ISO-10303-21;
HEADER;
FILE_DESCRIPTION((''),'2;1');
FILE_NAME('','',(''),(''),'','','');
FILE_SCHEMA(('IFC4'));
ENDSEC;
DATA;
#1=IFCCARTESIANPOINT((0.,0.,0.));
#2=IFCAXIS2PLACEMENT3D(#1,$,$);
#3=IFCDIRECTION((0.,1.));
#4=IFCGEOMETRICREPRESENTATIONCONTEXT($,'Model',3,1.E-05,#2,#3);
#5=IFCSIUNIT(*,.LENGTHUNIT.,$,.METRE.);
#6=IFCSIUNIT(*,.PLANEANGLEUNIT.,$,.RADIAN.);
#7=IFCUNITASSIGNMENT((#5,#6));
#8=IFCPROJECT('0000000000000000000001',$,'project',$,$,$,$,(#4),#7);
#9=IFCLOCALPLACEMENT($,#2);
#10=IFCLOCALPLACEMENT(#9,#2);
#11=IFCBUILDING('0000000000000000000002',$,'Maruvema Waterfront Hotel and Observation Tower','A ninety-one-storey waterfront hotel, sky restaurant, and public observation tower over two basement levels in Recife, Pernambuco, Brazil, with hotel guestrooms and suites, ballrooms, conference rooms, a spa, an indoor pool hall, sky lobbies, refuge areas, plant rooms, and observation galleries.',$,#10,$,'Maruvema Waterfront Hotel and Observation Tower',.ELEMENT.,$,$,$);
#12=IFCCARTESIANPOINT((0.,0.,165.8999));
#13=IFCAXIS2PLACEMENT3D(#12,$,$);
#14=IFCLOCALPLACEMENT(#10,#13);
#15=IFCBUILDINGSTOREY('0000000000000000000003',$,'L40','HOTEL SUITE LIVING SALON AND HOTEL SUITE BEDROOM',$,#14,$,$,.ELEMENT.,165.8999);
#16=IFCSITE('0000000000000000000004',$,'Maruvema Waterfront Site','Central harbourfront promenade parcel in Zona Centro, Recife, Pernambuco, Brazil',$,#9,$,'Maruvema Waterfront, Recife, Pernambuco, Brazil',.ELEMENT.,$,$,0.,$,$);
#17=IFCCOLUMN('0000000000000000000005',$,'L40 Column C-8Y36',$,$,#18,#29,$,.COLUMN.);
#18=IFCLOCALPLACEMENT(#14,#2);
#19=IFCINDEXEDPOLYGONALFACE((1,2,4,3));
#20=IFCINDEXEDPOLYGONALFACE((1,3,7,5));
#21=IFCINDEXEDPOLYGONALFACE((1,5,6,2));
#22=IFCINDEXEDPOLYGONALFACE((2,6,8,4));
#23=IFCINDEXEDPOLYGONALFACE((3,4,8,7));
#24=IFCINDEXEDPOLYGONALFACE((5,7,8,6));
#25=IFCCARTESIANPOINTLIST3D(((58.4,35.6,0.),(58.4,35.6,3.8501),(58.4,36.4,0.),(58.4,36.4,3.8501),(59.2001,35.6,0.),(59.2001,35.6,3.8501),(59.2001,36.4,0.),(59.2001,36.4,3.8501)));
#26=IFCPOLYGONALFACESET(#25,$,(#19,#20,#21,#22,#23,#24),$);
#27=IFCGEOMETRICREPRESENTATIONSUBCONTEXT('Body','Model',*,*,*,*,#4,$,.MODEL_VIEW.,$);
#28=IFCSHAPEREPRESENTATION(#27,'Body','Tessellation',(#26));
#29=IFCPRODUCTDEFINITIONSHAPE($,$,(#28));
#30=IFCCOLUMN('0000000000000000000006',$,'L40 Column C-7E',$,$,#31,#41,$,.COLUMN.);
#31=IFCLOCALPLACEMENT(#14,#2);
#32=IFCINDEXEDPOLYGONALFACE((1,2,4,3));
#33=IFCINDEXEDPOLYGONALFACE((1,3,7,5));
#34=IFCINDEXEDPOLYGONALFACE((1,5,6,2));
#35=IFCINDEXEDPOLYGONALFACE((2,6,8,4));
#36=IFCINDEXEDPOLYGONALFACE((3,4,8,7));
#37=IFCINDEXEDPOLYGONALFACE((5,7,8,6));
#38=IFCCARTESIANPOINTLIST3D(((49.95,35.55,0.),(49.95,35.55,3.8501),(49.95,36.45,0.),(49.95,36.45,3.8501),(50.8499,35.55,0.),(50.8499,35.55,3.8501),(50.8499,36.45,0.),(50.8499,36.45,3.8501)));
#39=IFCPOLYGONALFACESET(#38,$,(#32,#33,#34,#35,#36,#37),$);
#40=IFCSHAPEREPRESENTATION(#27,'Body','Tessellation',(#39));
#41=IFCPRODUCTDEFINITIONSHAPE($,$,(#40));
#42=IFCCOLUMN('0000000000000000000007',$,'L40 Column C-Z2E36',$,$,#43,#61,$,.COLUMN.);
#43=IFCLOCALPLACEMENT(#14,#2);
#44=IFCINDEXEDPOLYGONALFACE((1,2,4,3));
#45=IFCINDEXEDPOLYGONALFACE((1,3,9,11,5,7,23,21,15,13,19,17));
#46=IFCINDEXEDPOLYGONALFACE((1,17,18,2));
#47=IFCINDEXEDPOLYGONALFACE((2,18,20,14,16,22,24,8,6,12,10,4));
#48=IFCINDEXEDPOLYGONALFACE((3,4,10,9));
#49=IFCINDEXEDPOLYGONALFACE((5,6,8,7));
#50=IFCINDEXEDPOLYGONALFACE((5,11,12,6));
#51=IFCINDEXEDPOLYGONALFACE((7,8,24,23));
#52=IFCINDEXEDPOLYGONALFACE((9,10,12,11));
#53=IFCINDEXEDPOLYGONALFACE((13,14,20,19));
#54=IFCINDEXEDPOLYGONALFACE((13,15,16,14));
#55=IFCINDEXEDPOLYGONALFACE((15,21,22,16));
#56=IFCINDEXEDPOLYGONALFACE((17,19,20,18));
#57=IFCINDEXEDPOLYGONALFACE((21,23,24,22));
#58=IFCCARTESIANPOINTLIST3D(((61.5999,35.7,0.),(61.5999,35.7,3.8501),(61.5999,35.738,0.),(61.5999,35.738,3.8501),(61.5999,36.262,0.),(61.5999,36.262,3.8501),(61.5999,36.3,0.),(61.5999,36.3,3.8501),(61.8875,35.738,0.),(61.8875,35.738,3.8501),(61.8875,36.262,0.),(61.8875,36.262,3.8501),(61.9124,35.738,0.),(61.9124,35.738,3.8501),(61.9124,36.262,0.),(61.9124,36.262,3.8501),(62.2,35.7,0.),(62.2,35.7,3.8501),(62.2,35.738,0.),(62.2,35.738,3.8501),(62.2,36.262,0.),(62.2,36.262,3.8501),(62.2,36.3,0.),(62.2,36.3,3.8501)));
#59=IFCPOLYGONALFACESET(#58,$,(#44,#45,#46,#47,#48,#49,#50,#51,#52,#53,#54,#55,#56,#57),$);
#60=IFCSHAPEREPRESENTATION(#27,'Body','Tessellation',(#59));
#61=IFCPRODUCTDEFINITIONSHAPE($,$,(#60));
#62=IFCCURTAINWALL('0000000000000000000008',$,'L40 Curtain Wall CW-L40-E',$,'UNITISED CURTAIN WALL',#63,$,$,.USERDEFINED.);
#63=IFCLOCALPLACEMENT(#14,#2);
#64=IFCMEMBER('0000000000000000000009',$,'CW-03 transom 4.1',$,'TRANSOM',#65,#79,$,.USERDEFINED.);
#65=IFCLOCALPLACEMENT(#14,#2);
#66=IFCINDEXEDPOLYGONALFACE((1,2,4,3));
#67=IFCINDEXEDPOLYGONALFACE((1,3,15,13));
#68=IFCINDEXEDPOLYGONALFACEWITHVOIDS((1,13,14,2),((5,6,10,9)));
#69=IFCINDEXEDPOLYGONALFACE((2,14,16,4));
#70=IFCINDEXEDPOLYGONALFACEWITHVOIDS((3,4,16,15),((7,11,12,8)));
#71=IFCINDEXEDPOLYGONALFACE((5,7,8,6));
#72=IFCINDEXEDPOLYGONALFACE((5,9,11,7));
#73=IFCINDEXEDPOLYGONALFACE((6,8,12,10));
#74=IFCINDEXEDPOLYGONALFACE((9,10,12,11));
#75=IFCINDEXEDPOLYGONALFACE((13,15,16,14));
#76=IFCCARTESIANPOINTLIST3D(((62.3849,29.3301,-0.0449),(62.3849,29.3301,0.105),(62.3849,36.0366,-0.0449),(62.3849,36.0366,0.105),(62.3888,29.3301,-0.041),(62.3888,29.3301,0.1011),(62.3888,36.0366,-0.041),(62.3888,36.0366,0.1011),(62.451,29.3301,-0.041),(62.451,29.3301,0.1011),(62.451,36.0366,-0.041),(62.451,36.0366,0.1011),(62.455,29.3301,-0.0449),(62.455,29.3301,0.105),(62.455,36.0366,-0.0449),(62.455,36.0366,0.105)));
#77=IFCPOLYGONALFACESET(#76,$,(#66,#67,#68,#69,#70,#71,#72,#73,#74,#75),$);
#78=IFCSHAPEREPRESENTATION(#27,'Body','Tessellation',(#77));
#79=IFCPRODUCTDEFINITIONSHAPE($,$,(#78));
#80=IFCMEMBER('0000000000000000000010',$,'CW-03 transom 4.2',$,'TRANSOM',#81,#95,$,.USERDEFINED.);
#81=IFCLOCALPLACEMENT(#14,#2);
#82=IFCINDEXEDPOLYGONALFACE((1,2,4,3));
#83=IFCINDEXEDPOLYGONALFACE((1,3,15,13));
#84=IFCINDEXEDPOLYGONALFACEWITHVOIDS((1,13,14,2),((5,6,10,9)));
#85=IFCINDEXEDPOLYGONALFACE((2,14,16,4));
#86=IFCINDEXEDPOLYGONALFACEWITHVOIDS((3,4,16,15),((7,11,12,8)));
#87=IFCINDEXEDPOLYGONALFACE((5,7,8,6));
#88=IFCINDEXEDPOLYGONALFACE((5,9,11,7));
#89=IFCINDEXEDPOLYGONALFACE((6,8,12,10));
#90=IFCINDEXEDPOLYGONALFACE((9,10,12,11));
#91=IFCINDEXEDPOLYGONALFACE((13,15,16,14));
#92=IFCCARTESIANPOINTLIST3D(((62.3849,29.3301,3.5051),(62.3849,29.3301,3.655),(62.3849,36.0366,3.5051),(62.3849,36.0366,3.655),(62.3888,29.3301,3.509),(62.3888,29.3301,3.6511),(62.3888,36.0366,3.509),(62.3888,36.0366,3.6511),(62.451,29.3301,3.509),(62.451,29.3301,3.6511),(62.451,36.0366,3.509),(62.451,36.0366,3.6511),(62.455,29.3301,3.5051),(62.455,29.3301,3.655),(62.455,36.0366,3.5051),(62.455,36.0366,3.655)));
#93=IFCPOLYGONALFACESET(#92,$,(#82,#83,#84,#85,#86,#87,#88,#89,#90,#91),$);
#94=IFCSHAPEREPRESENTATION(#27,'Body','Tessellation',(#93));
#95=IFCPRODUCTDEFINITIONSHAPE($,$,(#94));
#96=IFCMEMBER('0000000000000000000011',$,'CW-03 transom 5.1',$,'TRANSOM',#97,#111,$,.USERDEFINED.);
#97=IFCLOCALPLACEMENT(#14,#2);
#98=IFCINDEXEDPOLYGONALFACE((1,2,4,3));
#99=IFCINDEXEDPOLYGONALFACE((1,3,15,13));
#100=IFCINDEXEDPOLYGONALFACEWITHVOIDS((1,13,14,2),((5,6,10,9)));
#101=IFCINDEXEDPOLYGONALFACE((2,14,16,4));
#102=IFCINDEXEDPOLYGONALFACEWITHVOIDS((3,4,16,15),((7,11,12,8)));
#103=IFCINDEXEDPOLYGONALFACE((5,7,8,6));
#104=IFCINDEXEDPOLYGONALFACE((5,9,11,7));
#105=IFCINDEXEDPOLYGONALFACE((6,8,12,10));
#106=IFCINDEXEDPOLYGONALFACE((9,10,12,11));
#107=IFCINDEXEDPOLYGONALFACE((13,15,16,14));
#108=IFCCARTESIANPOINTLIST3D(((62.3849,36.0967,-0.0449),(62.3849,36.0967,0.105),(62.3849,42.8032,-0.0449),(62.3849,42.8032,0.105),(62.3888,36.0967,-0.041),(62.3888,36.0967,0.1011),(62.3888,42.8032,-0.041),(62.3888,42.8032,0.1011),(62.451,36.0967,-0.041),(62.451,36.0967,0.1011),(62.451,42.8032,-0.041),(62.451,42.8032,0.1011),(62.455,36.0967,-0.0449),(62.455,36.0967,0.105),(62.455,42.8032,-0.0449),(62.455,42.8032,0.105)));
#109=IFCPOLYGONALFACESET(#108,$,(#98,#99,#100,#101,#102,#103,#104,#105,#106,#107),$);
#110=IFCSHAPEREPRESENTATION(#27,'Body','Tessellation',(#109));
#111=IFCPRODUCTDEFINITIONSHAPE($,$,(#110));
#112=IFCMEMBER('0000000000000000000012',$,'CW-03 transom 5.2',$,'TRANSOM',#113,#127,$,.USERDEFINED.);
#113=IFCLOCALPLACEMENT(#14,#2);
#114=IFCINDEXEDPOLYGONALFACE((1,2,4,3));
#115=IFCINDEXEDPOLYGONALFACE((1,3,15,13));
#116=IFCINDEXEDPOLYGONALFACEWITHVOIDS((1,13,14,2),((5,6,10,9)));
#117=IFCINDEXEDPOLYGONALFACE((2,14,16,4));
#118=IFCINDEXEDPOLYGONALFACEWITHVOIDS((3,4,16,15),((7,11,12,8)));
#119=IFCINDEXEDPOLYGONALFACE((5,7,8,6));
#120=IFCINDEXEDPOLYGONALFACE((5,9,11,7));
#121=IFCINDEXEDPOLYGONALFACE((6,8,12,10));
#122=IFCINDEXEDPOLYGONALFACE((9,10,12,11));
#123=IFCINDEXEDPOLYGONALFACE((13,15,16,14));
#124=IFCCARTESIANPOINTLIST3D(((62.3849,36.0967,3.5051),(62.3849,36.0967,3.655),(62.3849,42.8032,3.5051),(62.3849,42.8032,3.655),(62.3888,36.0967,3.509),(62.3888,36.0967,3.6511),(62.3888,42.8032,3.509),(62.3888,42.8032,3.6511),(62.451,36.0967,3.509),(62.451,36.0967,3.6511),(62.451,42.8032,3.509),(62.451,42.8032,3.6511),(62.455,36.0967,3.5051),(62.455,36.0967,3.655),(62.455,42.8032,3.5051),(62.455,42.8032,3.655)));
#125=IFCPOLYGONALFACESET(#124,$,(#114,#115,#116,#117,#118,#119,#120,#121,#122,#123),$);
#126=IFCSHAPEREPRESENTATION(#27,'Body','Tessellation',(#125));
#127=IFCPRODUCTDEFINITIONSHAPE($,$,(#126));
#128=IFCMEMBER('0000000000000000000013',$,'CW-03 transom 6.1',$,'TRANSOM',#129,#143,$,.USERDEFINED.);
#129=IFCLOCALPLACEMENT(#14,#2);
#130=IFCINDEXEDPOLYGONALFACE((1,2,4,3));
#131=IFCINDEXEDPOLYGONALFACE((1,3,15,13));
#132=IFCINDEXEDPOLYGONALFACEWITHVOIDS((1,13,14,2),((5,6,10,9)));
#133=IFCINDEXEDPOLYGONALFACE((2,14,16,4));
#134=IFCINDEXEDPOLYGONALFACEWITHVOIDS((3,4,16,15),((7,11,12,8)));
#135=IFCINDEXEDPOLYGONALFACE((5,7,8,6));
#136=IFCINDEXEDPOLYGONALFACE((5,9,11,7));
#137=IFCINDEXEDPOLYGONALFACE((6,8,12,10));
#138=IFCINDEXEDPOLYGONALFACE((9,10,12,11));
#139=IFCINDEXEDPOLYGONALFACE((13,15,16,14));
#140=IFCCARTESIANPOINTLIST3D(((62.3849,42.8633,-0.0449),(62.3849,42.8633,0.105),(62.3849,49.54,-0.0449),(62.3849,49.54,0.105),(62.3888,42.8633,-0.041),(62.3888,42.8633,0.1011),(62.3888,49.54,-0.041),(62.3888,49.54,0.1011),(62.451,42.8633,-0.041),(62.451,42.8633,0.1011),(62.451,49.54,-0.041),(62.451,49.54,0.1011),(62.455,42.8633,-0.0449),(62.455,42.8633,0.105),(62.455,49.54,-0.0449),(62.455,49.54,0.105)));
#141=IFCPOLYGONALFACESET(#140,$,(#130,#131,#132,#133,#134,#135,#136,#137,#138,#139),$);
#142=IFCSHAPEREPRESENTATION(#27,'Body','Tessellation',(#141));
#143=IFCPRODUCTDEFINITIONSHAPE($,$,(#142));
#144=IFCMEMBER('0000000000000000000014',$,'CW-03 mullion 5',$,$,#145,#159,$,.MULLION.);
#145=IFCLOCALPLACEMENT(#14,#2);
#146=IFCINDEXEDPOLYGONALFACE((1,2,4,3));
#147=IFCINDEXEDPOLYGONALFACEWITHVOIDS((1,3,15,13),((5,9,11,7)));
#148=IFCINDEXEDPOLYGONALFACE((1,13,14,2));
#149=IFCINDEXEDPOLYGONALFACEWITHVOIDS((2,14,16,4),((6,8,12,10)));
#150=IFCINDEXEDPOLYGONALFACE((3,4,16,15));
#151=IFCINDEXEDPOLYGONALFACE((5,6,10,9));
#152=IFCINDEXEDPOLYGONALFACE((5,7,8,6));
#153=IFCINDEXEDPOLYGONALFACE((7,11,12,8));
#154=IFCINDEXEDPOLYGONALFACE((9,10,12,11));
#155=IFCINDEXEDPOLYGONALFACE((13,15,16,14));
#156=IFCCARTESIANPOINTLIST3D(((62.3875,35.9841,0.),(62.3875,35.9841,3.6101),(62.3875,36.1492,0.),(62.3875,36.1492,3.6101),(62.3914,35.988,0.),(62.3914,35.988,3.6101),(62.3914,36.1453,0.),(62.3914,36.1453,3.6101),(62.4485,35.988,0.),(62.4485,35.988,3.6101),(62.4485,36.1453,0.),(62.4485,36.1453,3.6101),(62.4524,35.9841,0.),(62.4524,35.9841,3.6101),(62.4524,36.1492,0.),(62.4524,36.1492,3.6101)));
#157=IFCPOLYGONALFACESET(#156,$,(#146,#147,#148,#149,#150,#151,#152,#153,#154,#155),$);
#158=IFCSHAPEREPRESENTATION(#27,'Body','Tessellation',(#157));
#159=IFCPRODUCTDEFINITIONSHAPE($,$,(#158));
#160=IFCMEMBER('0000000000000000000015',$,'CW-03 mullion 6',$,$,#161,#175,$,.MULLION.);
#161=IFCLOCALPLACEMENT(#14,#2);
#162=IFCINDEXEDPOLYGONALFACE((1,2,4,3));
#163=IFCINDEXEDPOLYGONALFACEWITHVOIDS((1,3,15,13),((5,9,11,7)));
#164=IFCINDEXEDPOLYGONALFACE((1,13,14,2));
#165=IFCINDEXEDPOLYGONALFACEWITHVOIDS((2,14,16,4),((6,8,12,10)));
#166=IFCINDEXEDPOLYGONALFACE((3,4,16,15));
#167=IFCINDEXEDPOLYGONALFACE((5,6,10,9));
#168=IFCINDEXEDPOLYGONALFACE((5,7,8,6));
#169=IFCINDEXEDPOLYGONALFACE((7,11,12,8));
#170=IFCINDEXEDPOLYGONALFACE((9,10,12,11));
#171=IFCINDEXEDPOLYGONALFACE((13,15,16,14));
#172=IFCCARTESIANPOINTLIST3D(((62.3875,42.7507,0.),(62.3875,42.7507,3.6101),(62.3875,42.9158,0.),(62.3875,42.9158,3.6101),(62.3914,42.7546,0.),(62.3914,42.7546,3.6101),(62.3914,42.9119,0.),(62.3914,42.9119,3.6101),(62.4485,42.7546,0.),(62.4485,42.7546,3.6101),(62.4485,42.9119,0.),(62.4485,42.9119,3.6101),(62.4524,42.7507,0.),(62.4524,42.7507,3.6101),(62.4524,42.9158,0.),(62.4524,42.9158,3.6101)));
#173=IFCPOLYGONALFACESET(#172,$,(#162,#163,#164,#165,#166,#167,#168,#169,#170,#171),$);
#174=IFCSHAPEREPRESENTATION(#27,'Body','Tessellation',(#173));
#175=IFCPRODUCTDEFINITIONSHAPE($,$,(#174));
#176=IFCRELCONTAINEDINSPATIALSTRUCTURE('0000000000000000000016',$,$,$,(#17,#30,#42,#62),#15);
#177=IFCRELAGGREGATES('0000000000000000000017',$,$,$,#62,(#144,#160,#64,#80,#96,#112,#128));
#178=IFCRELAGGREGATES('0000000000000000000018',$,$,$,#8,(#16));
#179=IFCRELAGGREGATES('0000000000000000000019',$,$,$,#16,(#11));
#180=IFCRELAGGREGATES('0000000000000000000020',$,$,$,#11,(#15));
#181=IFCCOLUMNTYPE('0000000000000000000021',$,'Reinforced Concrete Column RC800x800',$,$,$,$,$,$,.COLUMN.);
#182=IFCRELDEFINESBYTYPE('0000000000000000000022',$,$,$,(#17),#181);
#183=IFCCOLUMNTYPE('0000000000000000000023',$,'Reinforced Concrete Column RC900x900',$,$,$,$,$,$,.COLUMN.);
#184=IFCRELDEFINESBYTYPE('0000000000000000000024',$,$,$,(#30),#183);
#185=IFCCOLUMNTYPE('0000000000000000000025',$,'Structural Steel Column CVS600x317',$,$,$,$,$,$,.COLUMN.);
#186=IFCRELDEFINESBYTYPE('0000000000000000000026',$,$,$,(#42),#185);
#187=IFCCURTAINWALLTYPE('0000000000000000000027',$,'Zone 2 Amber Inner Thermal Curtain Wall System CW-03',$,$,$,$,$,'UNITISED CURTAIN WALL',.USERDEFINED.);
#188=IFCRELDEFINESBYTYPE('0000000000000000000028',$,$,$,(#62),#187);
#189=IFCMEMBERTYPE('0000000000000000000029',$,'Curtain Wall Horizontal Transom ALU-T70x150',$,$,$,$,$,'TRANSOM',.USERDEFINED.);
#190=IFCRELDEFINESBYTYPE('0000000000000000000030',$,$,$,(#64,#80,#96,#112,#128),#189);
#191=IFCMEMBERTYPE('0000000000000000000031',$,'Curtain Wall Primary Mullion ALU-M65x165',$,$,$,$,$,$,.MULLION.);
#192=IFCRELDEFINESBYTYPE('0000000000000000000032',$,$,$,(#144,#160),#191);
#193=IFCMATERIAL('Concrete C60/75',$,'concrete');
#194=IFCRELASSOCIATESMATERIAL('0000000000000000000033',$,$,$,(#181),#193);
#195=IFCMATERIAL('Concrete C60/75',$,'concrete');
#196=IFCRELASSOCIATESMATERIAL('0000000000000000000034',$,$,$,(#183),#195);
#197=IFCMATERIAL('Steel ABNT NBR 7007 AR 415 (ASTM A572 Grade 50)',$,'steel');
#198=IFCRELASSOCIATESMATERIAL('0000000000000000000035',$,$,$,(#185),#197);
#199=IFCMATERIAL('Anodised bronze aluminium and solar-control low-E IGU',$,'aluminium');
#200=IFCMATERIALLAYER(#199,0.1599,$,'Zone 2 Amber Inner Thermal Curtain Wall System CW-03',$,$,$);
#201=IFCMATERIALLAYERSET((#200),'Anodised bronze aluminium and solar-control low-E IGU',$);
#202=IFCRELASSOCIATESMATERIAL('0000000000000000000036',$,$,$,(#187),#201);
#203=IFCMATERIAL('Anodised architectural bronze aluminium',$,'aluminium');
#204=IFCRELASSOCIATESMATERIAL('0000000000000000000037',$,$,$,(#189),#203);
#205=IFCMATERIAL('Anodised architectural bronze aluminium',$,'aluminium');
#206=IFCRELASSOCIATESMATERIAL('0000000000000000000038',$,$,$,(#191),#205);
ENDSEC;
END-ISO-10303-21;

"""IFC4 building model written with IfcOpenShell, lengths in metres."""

from ifc_helpers import new_model, si_unit, direction, frame, origin, origin_2d, place, context, subcontext, project, spatial, rectangle, hollow_rectangle, i_section, extrude, material, layer, layer_set, material_profile, profile_set, type_object, element, aggregate, save


model = new_model("IFC4")

# Units and contexts
model_context = context("Model", 3, precision=1e-05, world=origin(), true_north=direction((0.0, 1.0)))
body_context = subcontext(model_context, "Body", "Model", "MODEL_VIEW")
ifc_project = project(units=[si_unit("LENGTHUNIT", "METRE"), si_unit("PLANEANGLEUNIT", "RADIAN")], contexts=[model_context])

# Site, building, storey
site_placement = place(None, origin())
site = spatial("IfcSite", under=ifc_project, at=site_placement, Name="Maruvema Waterfront Site", Description="Central harbourfront promenade parcel in Zona Centro, Recife, Pernambuco, Brazil", LongName="Maruvema Waterfront, Recife, Pernambuco, Brazil", CompositionType="ELEMENT", RefElevation=0.0)
building_placement = place(site_placement, origin())
building = spatial("IfcBuilding", under=site, at=building_placement, Name="Maruvema Waterfront Hotel and Observation Tower", Description="A ninety-one-storey waterfront hotel, sky restaurant, and public observation tower over two basement levels in Recife, Pernambuco, Brazil, with hotel guestrooms and suites, ballrooms, conference rooms, a spa, an indoor pool hall, sky lobbies, refuge areas, plant rooms, and observation galleries.", LongName="Maruvema Waterfront Hotel and Observation Tower", CompositionType="ELEMENT")
storey_placement = place(building_placement, frame((0.0, 0.0, 165.8999)))
storey = spatial("IfcBuildingStorey", under=building, at=storey_placement, Name="L40", Description="HOTEL SUITE LIVING SALON AND HOTEL SUITE BEDROOM", CompositionType="ELEMENT", Elevation=165.8999)

# Columns
ifc_material_1 = material(Name="Concrete C60/75", Category="concrete")
ifc_material_profile_1 = material_profile(ifc_material_1, rectangle(XDim=0.8, YDim=0.8, at=origin_2d()), Name="RC800x800")
ifc_profile_set_1 = profile_set([ifc_material_profile_1], Name="Concrete C60/75")
column_type_1 = type_object("IfcColumnType", Name="Reinforced Concrete Column RC800x800", PredefinedType="COLUMN", material=ifc_profile_set_1)
column_1_placement = place(storey_placement, frame((58.8, 36.0, 0.0), z_axis=(0.0, 0.0, 1.0), x_axis=(1.0, 0.0, 0.0)))
element("IfcColumn", 1, at=column_1_placement, inside=storey, type_object=column_type_1, Name="L40 Column C-8Y36", PredefinedType="COLUMN", context=body_context, shape_type="SweptSolid", body=[
    extrude(rectangle(XDim=0.8, YDim=0.8, at=origin_2d()), origin(), (0.0, 0.0, 1.0), 3.8501),
])
ifc_material_2 = material(Name="Concrete C60/75", Category="concrete")
ifc_material_profile_2 = material_profile(ifc_material_2, rectangle(XDim=0.8999, YDim=0.8999, at=origin_2d()), Name="RC900x900")
ifc_profile_set_2 = profile_set([ifc_material_profile_2], Name="Concrete C60/75")
column_type_2 = type_object("IfcColumnType", Name="Reinforced Concrete Column RC900x900", PredefinedType="COLUMN", material=ifc_profile_set_2)
column_2_placement = place(storey_placement, frame((50.3999, 36.0, 0.0), z_axis=(0.0, 0.0, 1.0), x_axis=(1.0, 0.0, 0.0)))
element("IfcColumn", 2, at=column_2_placement, inside=storey, type_object=column_type_2, Name="L40 Column C-7E", PredefinedType="COLUMN", context=body_context, shape_type="SweptSolid", body=[
    extrude(rectangle(XDim=0.8999, YDim=0.8999, at=origin_2d()), origin(), (0.0, 0.0, 1.0), 3.8501),
])
ifc_material_3 = material(Name="Steel ABNT NBR 7007 AR 415 (ASTM A572 Grade 50)", Category="steel")
ifc_material_profile_3 = material_profile(ifc_material_3, i_section(OverallWidth=0.6001, OverallDepth=0.6001, WebThickness=0.0249, FlangeThickness=0.0381, at=origin_2d()), Name="CVS600x317")
ifc_profile_set_3 = profile_set([ifc_material_profile_3], Name="Steel ABNT NBR 7007 AR 415 (ASTM A572 Grade 50)")
column_type_3 = type_object("IfcColumnType", Name="Structural Steel Column CVS600x317", PredefinedType="COLUMN", material=ifc_profile_set_3)
column_3_placement = place(storey_placement, frame((61.8999, 36.0, 0.0), z_axis=(0.0, 0.0, 1.0), x_axis=(1.0, 0.0, 0.0)))
element("IfcColumn", 3, at=column_3_placement, inside=storey, type_object=column_type_3, Name="L40 Column C-Z2E36", PredefinedType="COLUMN", context=body_context, shape_type="SweptSolid", body=[
    extrude(i_section(OverallWidth=0.6001, OverallDepth=0.6001, WebThickness=0.0249, FlangeThickness=0.0381, at=origin_2d()), origin(), (0.0, 0.0, 1.0), 3.8501),
])

# Curtain wall, members
ifc_material_4 = material(Name="Anodised bronze aluminium and solar-control low-E IGU", Category="aluminium")
ifc_layer_1 = layer(ifc_material_4, 0.1599, Name="Zone 2 Amber Inner Thermal Curtain Wall System CW-03")
ifc_layer_set_1 = layer_set([ifc_layer_1], Name="Anodised bronze aluminium and solar-control low-E IGU")
curtain_wall_type = type_object("IfcCurtainWallType", Name="Zone 2 Amber Inner Thermal Curtain Wall System CW-03", ElementType="UNITISED CURTAIN WALL", PredefinedType="USERDEFINED", material=ifc_layer_set_1)
curtain_wall_placement = place(storey_placement, origin())
curtain_wall = element("IfcCurtainWall", 4, at=curtain_wall_placement, inside=storey, type_object=curtain_wall_type, Name="L40 Curtain Wall CW-L40-E", ObjectType="UNITISED CURTAIN WALL", PredefinedType="USERDEFINED")
ifc_material_5 = material(Name="Anodised architectural bronze aluminium", Category="aluminium")
ifc_material_profile_4 = material_profile(ifc_material_5, hollow_rectangle(XDim=0.0701, YDim=0.1499, WallThickness=0.0039, at=origin_2d()), Name="ALU-T70x150")
ifc_profile_set_4 = profile_set([ifc_material_profile_4], Name="Anodised architectural bronze aluminium")
member_type_1 = type_object("IfcMemberType", Name="Curtain Wall Horizontal Transom ALU-T70x150", ElementType="TRANSOM", PredefinedType="USERDEFINED", material=ifc_profile_set_4)
member_1_placement = place(storey_placement, frame((62.4199, 29.3301, 0.03), z_axis=(0.0, 1.0, 0.0), x_axis=(-1.0, 0.0, 0.0)))
member_1 = element("IfcMember", 5, at=member_1_placement, type_object=member_type_1, Name="CW-03 transom 4.1", ObjectType="TRANSOM", PredefinedType="USERDEFINED", context=body_context, shape_type="SweptSolid", body=[
    extrude(hollow_rectangle(XDim=0.0701, YDim=0.1499, WallThickness=0.0039, at=origin_2d()), origin(), (0.0, 0.0, 1.0), 6.7065),
])
member_2_placement = place(storey_placement, frame((62.4199, 29.3301, 3.5801), z_axis=(0.0, 1.0, 0.0), x_axis=(-1.0, 0.0, 0.0)))
member_2 = element("IfcMember", 6, at=member_2_placement, type_object=member_type_1, Name="CW-03 transom 4.2", ObjectType="TRANSOM", PredefinedType="USERDEFINED", context=body_context, shape_type="SweptSolid", body=[
    extrude(hollow_rectangle(XDim=0.0701, YDim=0.1499, WallThickness=0.0039, at=origin_2d()), origin(), (0.0, 0.0, 1.0), 6.7065),
])
member_3_placement = place(storey_placement, frame((62.4199, 36.0967, 0.03), z_axis=(0.0, 1.0, 0.0), x_axis=(-1.0, 0.0, 0.0)))
member_3 = element("IfcMember", 7, at=member_3_placement, type_object=member_type_1, Name="CW-03 transom 5.1", ObjectType="TRANSOM", PredefinedType="USERDEFINED", context=body_context, shape_type="SweptSolid", body=[
    extrude(hollow_rectangle(XDim=0.0701, YDim=0.1499, WallThickness=0.0039, at=origin_2d()), origin(), (0.0, 0.0, 1.0), 6.7065),
])
member_4_placement = place(storey_placement, frame((62.4199, 36.0967, 3.5801), z_axis=(0.0, 1.0, 0.0), x_axis=(-1.0, 0.0, 0.0)))
member_4 = element("IfcMember", 8, at=member_4_placement, type_object=member_type_1, Name="CW-03 transom 5.2", ObjectType="TRANSOM", PredefinedType="USERDEFINED", context=body_context, shape_type="SweptSolid", body=[
    extrude(hollow_rectangle(XDim=0.0701, YDim=0.1499, WallThickness=0.0039, at=origin_2d()), origin(), (0.0, 0.0, 1.0), 6.7065),
])
member_5_placement = place(storey_placement, frame((62.4199, 42.8633, 0.03), z_axis=(0.0, 1.0, 0.0), x_axis=(-1.0, 0.0, 0.0)))
member_5 = element("IfcMember", 9, at=member_5_placement, type_object=member_type_1, Name="CW-03 transom 6.1", ObjectType="TRANSOM", PredefinedType="USERDEFINED", context=body_context, shape_type="SweptSolid", body=[
    extrude(hollow_rectangle(XDim=0.0701, YDim=0.1499, WallThickness=0.0039, at=origin_2d()), origin(), (0.0, 0.0, 1.0), 6.6768),
])
ifc_material_6 = material(Name="Anodised architectural bronze aluminium", Category="aluminium")
ifc_material_profile_5 = material_profile(ifc_material_6, hollow_rectangle(XDim=0.0649, YDim=0.165, WallThickness=0.0039, at=origin_2d()), Name="ALU-M65x165")
ifc_profile_set_5 = profile_set([ifc_material_profile_5], Name="Anodised architectural bronze aluminium")
member_type_2 = type_object("IfcMemberType", Name="Curtain Wall Primary Mullion ALU-M65x165", PredefinedType="MULLION", material=ifc_profile_set_5)
member_6_placement = place(storey_placement, frame((62.4199, 36.0667, 0.0), z_axis=(0.0, 0.0, 1.0), x_axis=(-1.0, 0.0, 0.0)))
member_6 = element("IfcMember", 10, at=member_6_placement, type_object=member_type_2, Name="CW-03 mullion 5", PredefinedType="MULLION", context=body_context, shape_type="SweptSolid", body=[
    extrude(hollow_rectangle(XDim=0.0649, YDim=0.165, WallThickness=0.0039, at=origin_2d()), origin(), (0.0, 0.0, 1.0), 3.6101),
])
member_7_placement = place(storey_placement, frame((62.4199, 42.8333, 0.0), z_axis=(0.0, 0.0, 1.0), x_axis=(-1.0, 0.0, 0.0)))
member_7 = element("IfcMember", 11, at=member_7_placement, type_object=member_type_2, Name="CW-03 mullion 6", PredefinedType="MULLION", context=body_context, shape_type="SweptSolid", body=[
    extrude(hollow_rectangle(XDim=0.0649, YDim=0.165, WallThickness=0.0039, at=origin_2d()), origin(), (0.0, 0.0, 1.0), 3.6101),
])

aggregate(curtain_wall, [member_6, member_7, member_1, member_2, member_3, member_4, member_5])

save(model, "model.ifc")
